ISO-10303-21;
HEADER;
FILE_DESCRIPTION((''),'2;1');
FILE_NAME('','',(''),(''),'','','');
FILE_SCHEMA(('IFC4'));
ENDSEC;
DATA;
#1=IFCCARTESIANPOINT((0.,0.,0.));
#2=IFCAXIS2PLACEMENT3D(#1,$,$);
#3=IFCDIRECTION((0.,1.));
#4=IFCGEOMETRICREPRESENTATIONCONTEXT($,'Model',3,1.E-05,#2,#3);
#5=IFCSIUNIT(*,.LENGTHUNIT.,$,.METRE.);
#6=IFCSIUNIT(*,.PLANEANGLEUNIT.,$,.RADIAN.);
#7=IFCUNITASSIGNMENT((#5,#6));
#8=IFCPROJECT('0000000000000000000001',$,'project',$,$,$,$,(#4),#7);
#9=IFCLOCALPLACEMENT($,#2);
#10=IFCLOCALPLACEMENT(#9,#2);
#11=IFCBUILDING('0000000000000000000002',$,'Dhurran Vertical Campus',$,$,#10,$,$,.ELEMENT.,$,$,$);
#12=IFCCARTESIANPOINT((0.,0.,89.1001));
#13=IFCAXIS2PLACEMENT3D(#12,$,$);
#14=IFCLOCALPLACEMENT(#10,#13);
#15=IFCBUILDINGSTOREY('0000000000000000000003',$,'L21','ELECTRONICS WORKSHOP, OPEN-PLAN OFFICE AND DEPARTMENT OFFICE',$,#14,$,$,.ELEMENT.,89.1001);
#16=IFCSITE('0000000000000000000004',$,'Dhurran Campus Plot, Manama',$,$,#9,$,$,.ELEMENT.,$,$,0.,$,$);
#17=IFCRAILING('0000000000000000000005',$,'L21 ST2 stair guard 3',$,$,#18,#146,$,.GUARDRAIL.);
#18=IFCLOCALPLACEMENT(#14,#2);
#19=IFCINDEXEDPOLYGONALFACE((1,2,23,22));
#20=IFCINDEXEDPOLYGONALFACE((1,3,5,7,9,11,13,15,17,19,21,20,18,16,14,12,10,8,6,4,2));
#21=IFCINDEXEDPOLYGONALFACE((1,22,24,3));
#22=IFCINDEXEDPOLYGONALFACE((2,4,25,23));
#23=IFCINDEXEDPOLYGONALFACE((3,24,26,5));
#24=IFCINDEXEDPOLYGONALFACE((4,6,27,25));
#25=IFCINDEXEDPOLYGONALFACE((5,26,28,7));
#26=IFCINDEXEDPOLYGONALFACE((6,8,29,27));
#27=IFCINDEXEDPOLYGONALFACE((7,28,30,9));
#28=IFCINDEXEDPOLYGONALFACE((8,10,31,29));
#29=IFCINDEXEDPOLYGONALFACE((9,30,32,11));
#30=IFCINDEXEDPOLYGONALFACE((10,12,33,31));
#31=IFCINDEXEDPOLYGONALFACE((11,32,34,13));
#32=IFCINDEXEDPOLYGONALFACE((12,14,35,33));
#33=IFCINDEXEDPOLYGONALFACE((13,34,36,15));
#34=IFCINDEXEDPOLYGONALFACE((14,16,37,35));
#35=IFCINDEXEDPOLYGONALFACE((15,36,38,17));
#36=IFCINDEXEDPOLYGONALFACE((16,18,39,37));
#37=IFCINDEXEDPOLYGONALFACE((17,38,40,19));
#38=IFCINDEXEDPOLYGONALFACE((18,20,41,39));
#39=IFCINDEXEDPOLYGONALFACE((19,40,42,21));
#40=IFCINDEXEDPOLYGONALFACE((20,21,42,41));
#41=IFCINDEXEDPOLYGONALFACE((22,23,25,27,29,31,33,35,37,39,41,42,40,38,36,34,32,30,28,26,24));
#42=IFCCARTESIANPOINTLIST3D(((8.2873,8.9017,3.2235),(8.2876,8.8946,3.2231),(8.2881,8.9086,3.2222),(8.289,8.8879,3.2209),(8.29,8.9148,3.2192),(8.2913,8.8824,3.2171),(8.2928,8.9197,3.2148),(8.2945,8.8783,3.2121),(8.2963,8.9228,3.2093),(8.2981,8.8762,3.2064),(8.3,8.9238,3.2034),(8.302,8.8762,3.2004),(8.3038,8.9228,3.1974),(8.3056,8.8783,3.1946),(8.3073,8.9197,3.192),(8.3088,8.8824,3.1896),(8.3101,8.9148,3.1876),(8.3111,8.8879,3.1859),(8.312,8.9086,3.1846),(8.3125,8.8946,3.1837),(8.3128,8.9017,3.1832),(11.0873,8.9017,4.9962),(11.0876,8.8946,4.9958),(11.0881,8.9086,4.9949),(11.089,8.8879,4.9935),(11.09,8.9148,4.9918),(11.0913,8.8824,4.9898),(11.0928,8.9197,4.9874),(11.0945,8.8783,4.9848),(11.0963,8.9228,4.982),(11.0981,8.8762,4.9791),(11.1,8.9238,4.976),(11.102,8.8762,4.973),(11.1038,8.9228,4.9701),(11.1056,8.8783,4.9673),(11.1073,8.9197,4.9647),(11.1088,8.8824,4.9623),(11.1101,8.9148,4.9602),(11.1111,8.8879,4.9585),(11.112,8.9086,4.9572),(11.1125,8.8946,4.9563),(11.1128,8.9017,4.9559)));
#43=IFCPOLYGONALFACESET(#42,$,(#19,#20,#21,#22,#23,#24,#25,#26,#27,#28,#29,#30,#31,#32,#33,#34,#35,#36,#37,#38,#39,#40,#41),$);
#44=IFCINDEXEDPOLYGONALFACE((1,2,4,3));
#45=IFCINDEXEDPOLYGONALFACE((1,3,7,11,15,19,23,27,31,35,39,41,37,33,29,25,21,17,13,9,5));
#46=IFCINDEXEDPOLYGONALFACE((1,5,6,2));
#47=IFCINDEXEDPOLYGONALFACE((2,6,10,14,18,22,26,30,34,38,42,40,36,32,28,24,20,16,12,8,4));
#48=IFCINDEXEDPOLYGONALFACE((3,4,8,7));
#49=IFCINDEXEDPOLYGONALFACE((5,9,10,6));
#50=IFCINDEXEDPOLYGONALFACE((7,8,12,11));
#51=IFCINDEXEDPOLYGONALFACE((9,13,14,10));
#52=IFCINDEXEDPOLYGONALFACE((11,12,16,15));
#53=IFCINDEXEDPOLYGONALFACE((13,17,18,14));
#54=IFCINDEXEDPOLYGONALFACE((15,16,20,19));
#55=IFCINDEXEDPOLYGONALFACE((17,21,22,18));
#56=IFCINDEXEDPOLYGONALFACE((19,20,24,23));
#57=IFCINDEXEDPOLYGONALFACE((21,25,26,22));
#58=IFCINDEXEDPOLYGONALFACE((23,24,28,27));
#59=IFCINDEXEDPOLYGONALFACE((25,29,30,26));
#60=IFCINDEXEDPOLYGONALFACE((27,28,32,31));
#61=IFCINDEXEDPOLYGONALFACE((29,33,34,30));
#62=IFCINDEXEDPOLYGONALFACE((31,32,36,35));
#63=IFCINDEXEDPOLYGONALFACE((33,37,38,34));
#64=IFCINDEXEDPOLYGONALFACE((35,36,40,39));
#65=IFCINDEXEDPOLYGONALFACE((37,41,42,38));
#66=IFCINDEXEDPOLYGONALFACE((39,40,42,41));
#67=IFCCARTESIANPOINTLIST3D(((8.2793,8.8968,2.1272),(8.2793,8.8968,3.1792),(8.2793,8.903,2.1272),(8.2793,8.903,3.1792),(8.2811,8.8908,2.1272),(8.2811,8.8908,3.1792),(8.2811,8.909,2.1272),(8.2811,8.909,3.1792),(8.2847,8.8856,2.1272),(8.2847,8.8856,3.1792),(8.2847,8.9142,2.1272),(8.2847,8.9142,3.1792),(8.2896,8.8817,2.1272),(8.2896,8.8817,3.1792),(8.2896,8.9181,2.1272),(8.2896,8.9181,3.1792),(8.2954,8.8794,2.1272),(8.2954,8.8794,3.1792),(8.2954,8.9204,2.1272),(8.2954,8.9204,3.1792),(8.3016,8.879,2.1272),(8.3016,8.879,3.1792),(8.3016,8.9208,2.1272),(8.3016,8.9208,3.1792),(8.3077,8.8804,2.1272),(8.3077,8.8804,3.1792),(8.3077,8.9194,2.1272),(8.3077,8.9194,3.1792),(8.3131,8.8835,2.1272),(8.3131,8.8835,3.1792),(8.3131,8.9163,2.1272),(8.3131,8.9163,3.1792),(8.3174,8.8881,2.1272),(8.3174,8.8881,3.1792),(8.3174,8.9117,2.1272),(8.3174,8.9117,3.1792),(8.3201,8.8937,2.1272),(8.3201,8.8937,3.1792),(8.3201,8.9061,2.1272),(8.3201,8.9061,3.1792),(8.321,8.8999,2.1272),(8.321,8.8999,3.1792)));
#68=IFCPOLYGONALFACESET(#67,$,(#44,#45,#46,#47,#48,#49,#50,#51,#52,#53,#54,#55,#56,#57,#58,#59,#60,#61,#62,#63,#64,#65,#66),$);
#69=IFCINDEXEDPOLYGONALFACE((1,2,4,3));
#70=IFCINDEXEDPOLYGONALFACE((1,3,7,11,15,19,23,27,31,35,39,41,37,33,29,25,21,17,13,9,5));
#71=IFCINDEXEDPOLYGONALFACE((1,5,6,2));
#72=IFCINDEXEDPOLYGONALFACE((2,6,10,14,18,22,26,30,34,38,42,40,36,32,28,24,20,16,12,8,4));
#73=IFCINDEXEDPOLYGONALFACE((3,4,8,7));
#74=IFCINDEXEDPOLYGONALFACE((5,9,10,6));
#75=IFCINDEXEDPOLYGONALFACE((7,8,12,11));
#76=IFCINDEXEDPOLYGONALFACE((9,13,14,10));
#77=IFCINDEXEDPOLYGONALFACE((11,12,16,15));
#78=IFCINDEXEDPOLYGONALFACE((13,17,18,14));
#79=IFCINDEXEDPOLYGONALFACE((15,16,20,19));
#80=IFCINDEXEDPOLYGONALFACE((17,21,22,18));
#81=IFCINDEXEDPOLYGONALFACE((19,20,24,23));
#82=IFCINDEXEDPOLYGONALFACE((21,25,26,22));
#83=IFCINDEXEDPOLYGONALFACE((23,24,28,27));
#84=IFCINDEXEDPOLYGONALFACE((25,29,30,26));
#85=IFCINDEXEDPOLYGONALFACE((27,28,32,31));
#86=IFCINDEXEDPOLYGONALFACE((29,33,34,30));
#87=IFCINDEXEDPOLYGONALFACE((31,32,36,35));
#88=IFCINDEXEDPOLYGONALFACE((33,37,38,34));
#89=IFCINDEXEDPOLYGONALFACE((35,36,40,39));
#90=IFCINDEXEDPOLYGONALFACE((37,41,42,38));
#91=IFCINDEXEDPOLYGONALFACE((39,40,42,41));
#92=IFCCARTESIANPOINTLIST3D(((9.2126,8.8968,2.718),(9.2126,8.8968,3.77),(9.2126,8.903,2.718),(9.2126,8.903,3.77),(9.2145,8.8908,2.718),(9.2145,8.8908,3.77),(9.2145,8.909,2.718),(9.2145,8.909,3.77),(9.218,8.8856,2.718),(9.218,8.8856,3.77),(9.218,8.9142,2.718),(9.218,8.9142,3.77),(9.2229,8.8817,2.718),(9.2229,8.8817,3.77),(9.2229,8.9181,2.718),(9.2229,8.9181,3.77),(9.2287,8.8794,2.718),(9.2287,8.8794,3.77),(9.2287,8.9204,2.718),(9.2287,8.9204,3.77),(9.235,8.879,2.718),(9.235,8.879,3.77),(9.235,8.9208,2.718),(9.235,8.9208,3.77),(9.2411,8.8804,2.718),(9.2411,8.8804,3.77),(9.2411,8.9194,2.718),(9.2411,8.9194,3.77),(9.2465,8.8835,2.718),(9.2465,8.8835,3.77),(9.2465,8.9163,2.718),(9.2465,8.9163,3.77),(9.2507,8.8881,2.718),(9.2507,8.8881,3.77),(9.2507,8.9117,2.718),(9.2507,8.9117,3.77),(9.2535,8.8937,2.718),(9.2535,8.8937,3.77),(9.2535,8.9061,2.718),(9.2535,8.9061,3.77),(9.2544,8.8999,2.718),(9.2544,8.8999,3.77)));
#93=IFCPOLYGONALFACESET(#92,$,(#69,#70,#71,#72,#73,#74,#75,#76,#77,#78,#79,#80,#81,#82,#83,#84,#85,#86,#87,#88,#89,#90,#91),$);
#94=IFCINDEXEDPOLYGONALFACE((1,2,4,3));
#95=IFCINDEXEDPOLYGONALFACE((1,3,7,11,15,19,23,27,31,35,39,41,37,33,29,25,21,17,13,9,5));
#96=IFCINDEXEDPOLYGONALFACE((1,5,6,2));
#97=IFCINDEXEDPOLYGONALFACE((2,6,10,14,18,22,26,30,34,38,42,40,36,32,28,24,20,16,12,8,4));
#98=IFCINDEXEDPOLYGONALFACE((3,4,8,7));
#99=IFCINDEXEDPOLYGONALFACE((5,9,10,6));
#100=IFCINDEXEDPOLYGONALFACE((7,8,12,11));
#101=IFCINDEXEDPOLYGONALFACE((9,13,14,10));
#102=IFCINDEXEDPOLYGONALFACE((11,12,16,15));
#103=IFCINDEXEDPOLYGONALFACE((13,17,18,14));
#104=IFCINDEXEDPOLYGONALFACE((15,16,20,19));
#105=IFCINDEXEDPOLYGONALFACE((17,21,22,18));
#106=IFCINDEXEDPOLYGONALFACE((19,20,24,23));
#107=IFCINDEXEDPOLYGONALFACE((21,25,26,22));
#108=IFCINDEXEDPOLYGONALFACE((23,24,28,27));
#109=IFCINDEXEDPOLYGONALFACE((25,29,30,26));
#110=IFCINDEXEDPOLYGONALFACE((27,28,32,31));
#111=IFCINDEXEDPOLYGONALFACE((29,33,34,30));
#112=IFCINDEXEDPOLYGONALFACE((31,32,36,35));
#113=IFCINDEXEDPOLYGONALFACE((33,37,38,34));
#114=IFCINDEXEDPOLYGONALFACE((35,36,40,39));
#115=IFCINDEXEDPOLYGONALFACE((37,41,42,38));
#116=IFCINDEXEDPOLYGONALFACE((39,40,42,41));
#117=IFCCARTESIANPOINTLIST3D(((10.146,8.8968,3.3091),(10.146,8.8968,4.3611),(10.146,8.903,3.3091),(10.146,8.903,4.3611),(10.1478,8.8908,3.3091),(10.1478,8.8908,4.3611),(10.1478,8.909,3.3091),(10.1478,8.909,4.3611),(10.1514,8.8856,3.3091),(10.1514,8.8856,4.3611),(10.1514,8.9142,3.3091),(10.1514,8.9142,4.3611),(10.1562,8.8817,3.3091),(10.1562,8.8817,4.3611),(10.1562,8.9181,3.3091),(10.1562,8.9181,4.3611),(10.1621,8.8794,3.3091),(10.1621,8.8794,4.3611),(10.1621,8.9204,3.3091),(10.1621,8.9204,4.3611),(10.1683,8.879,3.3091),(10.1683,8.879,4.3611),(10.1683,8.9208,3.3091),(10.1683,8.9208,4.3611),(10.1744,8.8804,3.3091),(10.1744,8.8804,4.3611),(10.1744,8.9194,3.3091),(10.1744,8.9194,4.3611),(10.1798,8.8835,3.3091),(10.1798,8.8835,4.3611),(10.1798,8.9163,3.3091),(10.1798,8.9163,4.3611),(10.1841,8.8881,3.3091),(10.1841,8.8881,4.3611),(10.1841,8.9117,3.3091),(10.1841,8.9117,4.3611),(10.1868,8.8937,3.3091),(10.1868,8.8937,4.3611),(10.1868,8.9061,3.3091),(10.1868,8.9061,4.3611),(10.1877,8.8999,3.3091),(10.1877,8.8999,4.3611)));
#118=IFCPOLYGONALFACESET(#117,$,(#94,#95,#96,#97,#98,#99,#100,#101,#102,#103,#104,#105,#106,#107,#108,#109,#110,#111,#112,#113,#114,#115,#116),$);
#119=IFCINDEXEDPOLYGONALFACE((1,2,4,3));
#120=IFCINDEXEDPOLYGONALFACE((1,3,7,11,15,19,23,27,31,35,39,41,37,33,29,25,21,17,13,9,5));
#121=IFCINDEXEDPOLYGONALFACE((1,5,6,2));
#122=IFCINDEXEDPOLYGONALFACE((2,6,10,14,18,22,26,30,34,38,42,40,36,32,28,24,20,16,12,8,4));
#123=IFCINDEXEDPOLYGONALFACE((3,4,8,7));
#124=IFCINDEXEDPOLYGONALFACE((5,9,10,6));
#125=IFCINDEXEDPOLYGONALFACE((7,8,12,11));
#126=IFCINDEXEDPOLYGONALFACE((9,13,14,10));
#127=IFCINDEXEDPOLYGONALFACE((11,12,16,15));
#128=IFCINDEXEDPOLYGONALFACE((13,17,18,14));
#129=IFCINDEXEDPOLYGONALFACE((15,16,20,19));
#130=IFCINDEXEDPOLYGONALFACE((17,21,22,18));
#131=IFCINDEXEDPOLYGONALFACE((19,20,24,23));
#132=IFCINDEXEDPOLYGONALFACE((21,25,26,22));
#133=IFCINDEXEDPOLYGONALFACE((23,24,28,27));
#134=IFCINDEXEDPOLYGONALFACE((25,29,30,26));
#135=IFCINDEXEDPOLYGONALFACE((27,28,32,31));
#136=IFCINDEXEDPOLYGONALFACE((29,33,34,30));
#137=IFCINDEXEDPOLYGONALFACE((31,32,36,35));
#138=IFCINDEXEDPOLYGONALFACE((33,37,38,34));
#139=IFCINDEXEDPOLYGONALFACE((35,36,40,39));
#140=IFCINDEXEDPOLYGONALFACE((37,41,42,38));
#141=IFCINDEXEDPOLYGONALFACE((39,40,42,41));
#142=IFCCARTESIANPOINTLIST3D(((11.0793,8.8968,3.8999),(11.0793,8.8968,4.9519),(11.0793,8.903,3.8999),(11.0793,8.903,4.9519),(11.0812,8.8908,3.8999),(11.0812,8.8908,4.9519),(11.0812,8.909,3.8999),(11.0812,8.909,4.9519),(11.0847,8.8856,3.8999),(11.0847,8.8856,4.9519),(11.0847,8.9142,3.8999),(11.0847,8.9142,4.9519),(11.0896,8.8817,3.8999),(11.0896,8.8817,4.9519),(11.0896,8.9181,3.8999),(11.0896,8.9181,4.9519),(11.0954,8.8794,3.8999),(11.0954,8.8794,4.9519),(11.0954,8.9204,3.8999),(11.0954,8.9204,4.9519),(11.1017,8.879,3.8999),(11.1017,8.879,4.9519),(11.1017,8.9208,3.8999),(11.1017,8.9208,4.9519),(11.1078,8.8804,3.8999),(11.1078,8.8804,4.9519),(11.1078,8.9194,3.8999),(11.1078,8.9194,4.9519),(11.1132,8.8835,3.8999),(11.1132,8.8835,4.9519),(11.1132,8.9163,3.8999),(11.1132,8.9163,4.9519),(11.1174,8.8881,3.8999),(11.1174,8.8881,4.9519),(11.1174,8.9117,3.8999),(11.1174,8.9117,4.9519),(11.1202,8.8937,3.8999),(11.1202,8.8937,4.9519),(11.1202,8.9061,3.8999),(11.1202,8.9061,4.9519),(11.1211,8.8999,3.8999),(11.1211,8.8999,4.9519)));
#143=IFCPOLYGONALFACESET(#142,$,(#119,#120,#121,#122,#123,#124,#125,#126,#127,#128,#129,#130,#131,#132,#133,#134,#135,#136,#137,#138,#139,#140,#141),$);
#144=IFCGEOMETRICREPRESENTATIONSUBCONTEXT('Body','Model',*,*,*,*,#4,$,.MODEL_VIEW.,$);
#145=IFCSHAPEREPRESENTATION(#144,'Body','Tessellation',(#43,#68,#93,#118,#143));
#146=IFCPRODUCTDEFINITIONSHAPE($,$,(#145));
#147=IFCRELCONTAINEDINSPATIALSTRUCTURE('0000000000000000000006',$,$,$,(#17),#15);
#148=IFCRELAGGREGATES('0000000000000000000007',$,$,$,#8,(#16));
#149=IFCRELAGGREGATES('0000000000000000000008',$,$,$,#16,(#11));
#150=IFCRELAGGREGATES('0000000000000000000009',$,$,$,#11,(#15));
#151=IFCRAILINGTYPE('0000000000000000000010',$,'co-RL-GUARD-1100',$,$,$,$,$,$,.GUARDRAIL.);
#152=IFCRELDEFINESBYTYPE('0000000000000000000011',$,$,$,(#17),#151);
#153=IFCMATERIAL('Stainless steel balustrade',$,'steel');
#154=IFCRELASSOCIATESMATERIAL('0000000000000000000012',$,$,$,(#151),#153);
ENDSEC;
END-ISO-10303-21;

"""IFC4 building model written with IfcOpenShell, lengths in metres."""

from ifc_helpers import new_model, si_unit, direction, frame, origin, origin_2d, place, context, subcontext, project, spatial, circle, extrude, material, type_object, element, save


model = new_model("IFC4")

# Units and contexts
model_context = context("Model", 3, precision=1e-05, world=origin(), true_north=direction((0.0, 1.0)))
body_context = subcontext(model_context, "Body", "Model", "MODEL_VIEW")
ifc_project = project(units=[si_unit("LENGTHUNIT", "METRE"), si_unit("PLANEANGLEUNIT", "RADIAN")], contexts=[model_context])

# Site, building, storey
site_placement = place(None, origin())
site = spatial("IfcSite", under=ifc_project, at=site_placement, Name="Dhurran Campus Plot, Manama", CompositionType="ELEMENT", RefElevation=0.0)
building_placement = place(site_placement, origin())
building = spatial("IfcBuilding", under=site, at=building_placement, Name="Dhurran Vertical Campus", CompositionType="ELEMENT")
storey_placement = place(building_placement, frame((0.0, 0.0, 89.1001)))
storey = spatial("IfcBuildingStorey", under=building, at=storey_placement, Name="L21", Description="ELECTRONICS WORKSHOP, OPEN-PLAN OFFICE AND DEPARTMENT OFFICE", CompositionType="ELEMENT", Elevation=89.1001)

# Railing
ifc_material_1 = material(Name="Stainless steel balustrade", Category="steel")
railing_type_1 = type_object("IfcRailingType", Name="co-RL-GUARD-1100", PredefinedType="GUARDRAIL", material=ifc_material_1)
railing_1_placement = place(storey_placement, frame((8.3, 8.8999, 2.1272)))
element("IfcRailing", 1, at=railing_1_placement, inside=storey, type_object=railing_type_1, Name="L21 ST2 stair guard 3", PredefinedType="GUARDRAIL", context=body_context, shape_type="SweptSolid", body=[
    extrude(circle(Radius=0.0239, at=origin_2d()), frame((0.0, 0.0, 1.0762), z_axis=(0.844909, 0.0, 0.53491), x_axis=(0.0, 1.0, 0.0)), (0.0, 0.0, 1.0), 3.314),
    extrude(circle(Radius=0.021, at=origin_2d()), origin(), (0.0, 0.0, 1.0), 1.052),
    extrude(circle(Radius=0.021, at=origin_2d()), frame((0.9333, 0.0, 0.5908)), (0.0, 0.0, 1.0), 1.052),
    extrude(circle(Radius=0.021, at=origin_2d()), frame((1.8667, 0.0, 1.1819)), (0.0, 0.0, 1.0), 1.052),
    extrude(circle(Radius=0.021, at=origin_2d()), frame((2.8, 0.0, 1.7727)), (0.0, 0.0, 1.0), 1.052),
])

save(model, "model.ifc")
